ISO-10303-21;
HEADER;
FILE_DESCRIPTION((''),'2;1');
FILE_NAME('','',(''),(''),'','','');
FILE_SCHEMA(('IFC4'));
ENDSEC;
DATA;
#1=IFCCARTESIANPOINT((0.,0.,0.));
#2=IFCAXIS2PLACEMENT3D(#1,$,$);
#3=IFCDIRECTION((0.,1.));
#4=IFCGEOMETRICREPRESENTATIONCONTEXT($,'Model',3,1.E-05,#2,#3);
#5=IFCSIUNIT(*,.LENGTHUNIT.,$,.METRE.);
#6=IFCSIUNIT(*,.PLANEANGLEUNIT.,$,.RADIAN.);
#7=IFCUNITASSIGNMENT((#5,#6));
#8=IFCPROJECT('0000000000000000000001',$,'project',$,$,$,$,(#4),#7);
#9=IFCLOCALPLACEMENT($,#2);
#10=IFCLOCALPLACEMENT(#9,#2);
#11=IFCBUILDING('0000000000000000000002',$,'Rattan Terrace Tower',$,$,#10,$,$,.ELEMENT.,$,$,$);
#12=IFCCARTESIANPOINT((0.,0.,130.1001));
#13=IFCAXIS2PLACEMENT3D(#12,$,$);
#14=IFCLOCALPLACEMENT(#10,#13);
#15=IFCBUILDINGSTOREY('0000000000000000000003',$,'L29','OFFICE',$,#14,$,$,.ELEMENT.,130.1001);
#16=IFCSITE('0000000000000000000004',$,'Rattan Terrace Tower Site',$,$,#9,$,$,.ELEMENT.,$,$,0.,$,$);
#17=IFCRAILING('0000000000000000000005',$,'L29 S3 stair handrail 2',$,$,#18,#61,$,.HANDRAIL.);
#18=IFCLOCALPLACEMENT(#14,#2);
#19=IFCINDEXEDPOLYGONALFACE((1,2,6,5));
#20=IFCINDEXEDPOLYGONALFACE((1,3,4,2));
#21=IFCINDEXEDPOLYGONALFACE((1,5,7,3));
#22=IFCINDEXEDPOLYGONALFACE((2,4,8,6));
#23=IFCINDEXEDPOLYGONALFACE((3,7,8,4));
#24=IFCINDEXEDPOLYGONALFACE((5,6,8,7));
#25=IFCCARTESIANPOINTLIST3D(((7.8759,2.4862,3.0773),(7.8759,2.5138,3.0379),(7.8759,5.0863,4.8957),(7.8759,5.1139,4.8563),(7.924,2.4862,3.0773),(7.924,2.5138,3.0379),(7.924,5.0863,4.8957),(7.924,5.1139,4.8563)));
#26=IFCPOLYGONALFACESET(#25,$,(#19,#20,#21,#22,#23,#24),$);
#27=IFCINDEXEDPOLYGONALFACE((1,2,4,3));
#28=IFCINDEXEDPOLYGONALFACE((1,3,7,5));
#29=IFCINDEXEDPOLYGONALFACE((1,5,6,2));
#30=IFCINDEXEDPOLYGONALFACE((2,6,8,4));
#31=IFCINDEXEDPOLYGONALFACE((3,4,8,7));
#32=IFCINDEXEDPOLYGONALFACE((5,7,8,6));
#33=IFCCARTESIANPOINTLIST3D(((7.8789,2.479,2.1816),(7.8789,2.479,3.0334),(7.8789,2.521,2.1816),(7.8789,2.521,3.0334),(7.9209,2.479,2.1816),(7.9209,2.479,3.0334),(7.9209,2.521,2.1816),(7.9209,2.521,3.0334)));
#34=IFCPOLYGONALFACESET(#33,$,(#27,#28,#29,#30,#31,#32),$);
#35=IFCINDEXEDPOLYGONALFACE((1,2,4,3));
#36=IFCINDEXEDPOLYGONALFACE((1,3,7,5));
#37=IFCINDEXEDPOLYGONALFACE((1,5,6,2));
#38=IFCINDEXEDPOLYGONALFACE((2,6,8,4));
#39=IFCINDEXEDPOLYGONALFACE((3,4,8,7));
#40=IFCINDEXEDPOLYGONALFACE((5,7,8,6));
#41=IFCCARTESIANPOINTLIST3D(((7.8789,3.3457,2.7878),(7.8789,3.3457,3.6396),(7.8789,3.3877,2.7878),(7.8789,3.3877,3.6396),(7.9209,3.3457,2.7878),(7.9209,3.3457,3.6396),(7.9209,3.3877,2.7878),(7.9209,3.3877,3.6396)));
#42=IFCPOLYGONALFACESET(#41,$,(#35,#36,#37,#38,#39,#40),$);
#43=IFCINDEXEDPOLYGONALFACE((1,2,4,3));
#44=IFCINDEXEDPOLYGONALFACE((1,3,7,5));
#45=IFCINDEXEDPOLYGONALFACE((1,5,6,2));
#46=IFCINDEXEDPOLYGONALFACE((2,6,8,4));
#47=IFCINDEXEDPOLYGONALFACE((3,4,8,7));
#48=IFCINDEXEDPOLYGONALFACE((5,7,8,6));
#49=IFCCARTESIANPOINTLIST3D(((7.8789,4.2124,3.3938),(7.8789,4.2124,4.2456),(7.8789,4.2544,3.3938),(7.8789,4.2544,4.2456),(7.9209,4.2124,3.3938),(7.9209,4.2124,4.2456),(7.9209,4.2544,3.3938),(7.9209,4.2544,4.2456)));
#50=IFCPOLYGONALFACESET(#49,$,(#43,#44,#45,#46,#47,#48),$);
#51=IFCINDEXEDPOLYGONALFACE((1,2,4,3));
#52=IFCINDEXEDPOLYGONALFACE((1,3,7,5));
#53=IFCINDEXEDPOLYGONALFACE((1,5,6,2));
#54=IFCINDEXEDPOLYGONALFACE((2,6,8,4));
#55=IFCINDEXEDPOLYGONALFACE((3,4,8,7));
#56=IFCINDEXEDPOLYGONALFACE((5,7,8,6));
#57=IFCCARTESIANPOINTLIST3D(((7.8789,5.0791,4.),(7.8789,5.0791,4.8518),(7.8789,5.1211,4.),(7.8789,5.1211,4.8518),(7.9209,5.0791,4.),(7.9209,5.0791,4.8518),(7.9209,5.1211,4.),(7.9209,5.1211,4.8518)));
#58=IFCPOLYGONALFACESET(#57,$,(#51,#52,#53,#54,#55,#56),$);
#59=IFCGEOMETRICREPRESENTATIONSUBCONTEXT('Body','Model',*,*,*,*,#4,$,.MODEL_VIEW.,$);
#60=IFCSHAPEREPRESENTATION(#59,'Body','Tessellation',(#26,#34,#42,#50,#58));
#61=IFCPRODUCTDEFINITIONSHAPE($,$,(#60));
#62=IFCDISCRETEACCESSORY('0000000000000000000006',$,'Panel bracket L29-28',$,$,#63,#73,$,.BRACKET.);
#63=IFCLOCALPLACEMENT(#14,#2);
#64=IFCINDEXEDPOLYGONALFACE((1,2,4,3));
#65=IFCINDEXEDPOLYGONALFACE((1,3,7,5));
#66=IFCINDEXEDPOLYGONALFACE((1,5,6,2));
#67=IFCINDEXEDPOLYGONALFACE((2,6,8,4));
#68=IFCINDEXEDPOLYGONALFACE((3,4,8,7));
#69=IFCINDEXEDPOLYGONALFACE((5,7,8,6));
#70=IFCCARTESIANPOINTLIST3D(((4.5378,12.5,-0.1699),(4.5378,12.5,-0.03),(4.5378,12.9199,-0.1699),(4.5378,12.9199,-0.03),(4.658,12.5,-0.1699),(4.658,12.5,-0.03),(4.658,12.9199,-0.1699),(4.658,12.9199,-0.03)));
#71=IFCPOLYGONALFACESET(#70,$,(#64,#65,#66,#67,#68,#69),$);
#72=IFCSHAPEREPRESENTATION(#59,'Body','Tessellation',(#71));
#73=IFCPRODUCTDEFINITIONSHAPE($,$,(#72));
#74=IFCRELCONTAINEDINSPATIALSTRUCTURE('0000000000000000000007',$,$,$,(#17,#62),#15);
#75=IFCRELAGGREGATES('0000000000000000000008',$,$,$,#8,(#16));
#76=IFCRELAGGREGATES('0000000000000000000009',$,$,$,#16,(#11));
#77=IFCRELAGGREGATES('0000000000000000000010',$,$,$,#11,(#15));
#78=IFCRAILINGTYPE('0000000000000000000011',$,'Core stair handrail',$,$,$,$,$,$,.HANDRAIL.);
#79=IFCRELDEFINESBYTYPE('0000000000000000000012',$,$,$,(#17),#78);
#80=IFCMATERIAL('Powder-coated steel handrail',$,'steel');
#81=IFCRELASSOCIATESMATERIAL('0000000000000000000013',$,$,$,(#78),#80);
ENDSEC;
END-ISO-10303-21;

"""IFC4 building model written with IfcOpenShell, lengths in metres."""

from ifc_helpers import new_model, si_unit, direction, frame, origin, origin_2d, place, context, subcontext, project, spatial, rectangle, extrude, material, type_object, element, save


model = new_model("IFC4")

# Units and contexts
model_context = context("Model", 3, precision=1e-05, world=origin(), true_north=direction((0.0, 1.0)))
body_context = subcontext(model_context, "Body", "Model", "MODEL_VIEW")
ifc_project = project(units=[si_unit("LENGTHUNIT", "METRE"), si_unit("PLANEANGLEUNIT", "RADIAN")], contexts=[model_context])

# Site, building, storey
site_placement = place(None, origin())
site = spatial("IfcSite", under=ifc_project, at=site_placement, Name="Rattan Terrace Tower Site", CompositionType="ELEMENT", RefElevation=0.0)
building_placement = place(site_placement, origin())
building = spatial("IfcBuilding", under=site, at=building_placement, Name="Rattan Terrace Tower", CompositionType="ELEMENT")
storey_placement = place(building_placement, frame((0.0, 0.0, 130.1001)))
storey = spatial("IfcBuildingStorey", under=building, at=storey_placement, Name="L29", Description="OFFICE", CompositionType="ELEMENT", Elevation=130.1001)

# Railing
ifc_material_1 = material(Name="Powder-coated steel handrail", Category="steel")
railing_type_1 = type_object("IfcRailingType", Name="Core stair handrail", PredefinedType="HANDRAIL", material=ifc_material_1)
railing_1_placement = place(storey_placement, frame((7.8999, 2.5, 2.1816)))
element("IfcRailing", 1, at=railing_1_placement, inside=storey, type_object=railing_type_1, Name="L29 S3 stair handrail 2", PredefinedType="HANDRAIL", context=body_context, shape_type="SweptSolid", body=[
    extrude(rectangle(XDim=0.0481, YDim=0.0481, at=origin_2d()), frame((0.0, 0.0, 0.876), z_axis=(0.0, 0.819485, 0.573101), x_axis=(-1.0, 0.0, 0.0)), (0.0, 0.0, 1.0), 3.1729),
    extrude(rectangle(XDim=0.042, YDim=0.042, at=origin_2d()), origin(), (0.0, 0.0, 1.0), 0.8518),
    extrude(rectangle(XDim=0.042, YDim=0.042, at=origin_2d()), frame((0.0, 0.8667, 0.6062)), (0.0, 0.0, 1.0), 0.8518),
    extrude(rectangle(XDim=0.042, YDim=0.042, at=origin_2d()), frame((0.0, 1.7334, 1.2122)), (0.0, 0.0, 1.0), 0.8518),
    extrude(rectangle(XDim=0.042, YDim=0.042, at=origin_2d()), frame((0.0, 2.6001, 1.8184)), (0.0, 0.0, 1.0), 0.8518),
])

# Discrete accessory
discrete_accessory_placement = place(storey_placement, frame((4.5979, 12.71, -0.1699), z_axis=(0.0, 0.0, 1.0), x_axis=(-1.0, 0.0, 0.0)))
element("IfcDiscreteAccessory", 2, at=discrete_accessory_placement, inside=storey, Name="Panel bracket L29-28", PredefinedType="BRACKET", context=body_context, shape_type="SweptSolid", body=[
    extrude(rectangle(XDim=0.1201, YDim=0.4199, at=origin_2d()), origin(), (0.0, 0.0, 1.0), 0.1399),
])

save(model, "model.ifc")
